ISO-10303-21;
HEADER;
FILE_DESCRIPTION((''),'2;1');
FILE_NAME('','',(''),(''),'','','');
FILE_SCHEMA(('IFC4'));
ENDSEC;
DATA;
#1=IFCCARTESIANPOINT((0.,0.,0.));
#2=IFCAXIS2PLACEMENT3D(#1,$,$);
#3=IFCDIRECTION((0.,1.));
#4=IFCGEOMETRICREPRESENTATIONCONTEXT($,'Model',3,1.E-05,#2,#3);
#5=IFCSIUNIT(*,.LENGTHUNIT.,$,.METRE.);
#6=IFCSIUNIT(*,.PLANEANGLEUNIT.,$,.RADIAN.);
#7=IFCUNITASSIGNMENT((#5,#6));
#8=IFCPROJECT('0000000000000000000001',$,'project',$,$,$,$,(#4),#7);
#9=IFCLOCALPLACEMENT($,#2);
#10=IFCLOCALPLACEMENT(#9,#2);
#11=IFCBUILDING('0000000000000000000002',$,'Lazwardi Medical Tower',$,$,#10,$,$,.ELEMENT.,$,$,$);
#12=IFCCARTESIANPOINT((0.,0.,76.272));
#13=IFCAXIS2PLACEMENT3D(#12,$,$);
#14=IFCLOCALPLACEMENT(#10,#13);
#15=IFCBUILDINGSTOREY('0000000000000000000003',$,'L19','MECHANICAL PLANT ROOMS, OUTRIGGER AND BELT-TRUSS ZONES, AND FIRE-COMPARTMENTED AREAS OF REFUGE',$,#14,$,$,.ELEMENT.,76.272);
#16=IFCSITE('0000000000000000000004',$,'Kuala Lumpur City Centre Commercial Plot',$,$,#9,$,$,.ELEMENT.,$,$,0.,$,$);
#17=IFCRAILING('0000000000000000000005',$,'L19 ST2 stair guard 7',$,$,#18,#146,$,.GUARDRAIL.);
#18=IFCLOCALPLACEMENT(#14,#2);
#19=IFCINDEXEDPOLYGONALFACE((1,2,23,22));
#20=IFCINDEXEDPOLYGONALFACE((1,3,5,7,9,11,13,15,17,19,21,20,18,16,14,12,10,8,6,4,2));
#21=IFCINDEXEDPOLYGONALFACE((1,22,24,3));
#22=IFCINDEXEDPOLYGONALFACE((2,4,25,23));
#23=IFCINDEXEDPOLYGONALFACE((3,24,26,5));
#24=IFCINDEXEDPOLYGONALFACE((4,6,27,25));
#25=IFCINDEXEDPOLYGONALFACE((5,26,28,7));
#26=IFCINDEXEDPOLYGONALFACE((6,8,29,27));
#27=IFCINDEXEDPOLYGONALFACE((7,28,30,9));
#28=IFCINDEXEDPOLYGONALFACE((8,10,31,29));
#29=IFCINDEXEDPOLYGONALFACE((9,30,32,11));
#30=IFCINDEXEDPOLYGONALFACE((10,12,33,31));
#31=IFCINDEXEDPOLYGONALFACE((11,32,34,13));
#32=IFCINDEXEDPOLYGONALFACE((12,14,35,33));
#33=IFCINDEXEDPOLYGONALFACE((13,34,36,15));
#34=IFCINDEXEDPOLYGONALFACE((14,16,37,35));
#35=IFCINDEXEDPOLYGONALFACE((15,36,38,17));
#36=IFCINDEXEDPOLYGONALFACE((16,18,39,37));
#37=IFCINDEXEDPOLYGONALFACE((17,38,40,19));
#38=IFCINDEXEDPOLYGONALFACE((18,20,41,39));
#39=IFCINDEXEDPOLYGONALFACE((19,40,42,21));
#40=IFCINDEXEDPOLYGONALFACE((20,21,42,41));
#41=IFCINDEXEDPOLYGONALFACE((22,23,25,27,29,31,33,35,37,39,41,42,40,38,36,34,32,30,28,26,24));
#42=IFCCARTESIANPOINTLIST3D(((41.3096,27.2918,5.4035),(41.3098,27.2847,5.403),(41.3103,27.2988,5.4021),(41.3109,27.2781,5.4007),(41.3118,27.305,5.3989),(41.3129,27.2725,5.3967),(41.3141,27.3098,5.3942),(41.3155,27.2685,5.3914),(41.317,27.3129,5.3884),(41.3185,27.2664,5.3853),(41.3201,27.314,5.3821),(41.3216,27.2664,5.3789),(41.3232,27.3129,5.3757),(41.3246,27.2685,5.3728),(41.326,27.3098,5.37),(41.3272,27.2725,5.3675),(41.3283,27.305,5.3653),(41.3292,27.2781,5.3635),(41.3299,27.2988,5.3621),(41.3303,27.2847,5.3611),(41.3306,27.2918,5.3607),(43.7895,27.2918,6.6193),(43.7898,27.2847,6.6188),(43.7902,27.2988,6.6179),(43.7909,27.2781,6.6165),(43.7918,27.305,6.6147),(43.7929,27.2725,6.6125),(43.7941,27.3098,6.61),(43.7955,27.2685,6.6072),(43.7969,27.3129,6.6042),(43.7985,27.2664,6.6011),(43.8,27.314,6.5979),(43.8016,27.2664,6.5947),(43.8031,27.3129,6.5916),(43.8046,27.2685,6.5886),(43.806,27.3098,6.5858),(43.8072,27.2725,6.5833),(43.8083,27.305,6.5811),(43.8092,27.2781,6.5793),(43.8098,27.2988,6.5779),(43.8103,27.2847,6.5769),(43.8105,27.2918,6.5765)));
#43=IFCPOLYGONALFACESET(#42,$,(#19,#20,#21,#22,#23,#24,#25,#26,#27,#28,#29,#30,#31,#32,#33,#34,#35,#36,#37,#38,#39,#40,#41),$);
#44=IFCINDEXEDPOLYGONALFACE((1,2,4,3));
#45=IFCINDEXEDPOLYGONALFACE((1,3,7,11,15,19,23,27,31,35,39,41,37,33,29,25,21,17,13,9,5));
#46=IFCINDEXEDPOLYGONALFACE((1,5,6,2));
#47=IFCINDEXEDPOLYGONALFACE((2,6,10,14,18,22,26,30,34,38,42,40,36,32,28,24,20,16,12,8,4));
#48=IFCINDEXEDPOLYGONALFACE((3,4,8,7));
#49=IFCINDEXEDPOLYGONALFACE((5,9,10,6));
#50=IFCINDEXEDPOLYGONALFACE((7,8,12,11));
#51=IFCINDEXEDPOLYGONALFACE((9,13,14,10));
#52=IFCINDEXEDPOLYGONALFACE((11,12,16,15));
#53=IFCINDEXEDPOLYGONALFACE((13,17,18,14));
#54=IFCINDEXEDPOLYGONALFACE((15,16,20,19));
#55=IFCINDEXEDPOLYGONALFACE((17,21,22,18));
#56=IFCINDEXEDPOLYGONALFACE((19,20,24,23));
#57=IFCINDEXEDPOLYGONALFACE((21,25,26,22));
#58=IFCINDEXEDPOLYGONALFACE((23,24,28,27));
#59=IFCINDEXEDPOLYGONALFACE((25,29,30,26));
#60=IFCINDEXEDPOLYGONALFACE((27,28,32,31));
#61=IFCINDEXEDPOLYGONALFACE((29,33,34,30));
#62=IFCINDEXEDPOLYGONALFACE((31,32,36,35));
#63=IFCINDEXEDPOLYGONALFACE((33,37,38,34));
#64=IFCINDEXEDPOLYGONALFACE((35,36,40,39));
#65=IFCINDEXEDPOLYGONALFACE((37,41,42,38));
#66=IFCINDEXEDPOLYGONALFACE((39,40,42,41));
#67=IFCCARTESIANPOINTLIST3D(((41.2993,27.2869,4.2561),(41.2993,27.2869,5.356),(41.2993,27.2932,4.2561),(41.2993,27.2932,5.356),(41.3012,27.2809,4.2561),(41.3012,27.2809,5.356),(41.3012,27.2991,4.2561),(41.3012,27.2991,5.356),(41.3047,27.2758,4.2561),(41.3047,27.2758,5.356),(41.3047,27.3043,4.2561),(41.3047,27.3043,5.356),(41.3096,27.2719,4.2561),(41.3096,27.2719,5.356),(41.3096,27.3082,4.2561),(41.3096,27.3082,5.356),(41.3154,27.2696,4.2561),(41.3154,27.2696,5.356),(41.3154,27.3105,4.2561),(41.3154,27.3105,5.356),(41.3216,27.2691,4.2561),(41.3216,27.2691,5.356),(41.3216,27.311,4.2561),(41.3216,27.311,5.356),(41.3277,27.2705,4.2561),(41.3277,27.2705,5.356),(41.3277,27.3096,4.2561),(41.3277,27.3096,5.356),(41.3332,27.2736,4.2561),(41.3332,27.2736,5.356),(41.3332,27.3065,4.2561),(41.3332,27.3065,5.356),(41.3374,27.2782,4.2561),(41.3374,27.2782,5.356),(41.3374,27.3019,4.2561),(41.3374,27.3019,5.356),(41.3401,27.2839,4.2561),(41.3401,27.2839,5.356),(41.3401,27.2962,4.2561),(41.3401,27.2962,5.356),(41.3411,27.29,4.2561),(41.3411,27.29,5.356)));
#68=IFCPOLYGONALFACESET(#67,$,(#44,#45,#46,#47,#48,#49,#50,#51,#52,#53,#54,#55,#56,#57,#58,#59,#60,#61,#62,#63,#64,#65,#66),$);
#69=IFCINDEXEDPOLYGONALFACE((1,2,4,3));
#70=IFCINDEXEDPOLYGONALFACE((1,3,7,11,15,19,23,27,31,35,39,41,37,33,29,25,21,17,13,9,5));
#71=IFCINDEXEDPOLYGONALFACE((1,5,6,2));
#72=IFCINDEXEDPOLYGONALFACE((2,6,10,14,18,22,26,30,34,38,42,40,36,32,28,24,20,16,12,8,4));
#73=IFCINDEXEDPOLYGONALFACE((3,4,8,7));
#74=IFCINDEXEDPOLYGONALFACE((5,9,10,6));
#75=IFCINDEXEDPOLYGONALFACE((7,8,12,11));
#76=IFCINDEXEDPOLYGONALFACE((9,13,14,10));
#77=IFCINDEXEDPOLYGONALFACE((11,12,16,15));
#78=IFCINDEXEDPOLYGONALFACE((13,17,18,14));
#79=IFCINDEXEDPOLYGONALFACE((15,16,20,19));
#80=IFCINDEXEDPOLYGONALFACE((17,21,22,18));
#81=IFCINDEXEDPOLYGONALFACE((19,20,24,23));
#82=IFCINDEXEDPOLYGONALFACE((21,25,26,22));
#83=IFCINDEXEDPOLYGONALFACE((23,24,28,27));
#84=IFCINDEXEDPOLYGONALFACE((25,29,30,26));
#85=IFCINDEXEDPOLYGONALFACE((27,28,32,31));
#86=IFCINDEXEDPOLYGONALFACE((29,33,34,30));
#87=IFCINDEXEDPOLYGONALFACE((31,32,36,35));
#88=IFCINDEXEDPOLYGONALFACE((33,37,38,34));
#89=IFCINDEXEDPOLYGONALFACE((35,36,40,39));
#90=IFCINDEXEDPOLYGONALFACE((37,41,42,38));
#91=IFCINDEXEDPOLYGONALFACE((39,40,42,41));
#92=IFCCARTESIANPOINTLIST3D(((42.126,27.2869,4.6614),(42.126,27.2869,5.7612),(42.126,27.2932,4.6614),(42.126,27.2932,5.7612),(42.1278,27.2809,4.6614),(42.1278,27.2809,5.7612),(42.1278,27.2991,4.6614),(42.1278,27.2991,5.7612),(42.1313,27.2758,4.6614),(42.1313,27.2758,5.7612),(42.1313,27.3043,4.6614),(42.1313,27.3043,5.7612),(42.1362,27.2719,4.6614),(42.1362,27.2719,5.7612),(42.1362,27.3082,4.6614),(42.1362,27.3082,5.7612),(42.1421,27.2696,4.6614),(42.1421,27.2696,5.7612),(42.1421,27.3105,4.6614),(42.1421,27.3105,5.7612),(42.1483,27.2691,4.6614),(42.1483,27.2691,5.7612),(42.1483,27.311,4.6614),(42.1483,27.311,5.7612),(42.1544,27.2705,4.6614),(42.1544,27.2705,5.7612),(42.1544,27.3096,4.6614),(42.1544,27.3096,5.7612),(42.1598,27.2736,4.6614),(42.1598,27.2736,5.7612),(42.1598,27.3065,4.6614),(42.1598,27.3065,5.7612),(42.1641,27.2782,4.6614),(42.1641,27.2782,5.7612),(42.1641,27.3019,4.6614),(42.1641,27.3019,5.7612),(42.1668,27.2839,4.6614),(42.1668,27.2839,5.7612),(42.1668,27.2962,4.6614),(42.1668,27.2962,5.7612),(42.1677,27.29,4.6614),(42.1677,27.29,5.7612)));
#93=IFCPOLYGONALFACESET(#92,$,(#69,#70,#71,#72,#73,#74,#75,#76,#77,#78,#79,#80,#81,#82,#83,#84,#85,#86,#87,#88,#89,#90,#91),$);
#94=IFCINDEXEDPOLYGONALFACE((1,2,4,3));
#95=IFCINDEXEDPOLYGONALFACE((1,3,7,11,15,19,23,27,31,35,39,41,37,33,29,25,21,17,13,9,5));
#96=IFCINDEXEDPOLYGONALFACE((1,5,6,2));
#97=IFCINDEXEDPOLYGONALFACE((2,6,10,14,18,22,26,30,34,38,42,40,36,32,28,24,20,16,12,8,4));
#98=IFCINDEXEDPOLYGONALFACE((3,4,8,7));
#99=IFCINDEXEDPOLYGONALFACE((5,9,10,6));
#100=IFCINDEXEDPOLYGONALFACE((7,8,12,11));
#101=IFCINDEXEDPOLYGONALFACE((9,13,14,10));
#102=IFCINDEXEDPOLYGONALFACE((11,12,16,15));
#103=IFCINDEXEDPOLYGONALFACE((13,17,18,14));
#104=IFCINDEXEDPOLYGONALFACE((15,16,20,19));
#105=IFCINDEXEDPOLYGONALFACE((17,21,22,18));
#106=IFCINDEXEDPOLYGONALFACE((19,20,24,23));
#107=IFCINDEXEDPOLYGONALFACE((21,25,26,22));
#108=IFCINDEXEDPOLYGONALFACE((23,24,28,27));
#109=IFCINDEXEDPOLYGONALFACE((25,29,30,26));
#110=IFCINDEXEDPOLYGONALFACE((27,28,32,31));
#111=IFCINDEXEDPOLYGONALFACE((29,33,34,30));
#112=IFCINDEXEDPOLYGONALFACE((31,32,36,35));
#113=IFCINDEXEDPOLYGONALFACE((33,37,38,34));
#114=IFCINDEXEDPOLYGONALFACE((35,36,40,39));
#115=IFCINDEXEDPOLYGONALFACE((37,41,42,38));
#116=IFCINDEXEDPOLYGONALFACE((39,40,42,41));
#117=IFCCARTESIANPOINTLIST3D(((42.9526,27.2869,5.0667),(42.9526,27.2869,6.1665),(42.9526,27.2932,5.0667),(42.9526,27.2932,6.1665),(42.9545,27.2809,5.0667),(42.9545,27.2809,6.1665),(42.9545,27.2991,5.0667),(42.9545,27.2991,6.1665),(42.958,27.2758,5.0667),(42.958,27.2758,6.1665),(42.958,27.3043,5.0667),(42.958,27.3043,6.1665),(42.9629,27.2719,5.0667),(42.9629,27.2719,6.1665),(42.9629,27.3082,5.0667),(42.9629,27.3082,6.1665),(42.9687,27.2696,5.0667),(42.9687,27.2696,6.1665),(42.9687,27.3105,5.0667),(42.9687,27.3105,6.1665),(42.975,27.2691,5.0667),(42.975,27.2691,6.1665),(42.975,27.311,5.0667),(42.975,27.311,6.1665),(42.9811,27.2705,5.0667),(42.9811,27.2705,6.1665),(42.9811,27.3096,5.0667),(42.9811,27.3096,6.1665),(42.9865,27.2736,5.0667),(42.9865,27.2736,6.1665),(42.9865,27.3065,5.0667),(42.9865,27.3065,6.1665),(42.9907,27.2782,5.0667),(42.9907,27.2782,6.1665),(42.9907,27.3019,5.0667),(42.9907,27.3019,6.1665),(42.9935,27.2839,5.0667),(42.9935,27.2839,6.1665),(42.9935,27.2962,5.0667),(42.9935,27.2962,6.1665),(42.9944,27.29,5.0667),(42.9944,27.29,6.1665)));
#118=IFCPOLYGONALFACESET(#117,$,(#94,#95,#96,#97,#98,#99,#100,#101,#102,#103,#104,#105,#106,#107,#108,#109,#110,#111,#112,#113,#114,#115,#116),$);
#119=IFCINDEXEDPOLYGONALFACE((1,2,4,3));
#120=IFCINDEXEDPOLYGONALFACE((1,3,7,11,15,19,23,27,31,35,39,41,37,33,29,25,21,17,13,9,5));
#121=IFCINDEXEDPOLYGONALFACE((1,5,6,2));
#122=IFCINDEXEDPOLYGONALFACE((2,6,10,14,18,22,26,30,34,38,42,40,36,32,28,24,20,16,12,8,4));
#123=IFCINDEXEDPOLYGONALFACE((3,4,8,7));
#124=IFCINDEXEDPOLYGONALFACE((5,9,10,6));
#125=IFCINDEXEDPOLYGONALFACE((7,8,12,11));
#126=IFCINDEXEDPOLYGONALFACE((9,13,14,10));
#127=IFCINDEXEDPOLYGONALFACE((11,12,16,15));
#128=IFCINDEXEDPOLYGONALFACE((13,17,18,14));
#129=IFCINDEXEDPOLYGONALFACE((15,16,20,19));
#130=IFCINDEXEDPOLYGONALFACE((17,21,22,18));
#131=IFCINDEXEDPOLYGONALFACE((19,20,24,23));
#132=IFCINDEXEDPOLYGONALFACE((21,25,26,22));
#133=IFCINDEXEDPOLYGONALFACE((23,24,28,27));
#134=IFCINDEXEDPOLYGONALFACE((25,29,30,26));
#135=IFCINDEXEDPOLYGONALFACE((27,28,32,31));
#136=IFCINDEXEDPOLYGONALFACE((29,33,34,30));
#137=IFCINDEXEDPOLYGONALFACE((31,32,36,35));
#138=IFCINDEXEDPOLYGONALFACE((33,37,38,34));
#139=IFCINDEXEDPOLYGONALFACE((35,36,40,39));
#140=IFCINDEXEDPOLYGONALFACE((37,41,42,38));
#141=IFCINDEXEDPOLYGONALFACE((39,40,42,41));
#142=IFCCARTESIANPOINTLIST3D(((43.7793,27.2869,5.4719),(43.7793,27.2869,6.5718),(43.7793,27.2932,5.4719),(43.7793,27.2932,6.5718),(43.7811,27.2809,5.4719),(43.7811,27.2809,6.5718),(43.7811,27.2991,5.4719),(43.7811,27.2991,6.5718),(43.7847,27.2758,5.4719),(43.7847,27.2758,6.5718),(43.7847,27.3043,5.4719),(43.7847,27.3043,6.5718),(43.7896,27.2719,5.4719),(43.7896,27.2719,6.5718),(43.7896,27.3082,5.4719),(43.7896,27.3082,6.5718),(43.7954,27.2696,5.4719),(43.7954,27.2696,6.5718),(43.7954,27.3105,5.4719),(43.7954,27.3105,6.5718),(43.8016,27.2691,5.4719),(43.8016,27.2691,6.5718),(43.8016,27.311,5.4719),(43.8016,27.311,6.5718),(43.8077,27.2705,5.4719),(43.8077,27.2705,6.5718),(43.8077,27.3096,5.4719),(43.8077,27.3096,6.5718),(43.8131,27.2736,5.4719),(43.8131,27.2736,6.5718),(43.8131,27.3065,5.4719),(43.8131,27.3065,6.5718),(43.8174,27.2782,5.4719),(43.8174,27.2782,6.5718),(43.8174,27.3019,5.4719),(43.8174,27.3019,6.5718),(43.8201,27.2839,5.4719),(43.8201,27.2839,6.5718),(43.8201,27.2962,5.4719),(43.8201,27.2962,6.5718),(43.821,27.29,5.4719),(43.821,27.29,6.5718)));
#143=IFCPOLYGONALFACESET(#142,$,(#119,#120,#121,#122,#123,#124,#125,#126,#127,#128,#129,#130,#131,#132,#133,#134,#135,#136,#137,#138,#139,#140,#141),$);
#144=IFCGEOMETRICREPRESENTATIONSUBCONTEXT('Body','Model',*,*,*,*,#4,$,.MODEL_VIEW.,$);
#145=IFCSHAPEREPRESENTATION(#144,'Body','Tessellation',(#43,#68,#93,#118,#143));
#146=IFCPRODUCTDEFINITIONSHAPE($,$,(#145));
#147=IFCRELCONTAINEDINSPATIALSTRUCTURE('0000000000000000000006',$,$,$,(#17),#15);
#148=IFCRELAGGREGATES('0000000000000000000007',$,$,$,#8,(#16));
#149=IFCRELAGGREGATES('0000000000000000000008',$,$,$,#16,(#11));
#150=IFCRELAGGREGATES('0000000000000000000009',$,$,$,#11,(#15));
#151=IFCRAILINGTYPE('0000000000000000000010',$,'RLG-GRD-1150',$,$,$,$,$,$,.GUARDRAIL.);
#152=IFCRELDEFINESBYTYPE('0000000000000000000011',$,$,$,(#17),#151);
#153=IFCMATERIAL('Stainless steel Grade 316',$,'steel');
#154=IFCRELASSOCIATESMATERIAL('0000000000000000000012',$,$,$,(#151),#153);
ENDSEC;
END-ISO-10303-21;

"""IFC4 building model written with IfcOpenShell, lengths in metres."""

from ifc_helpers import new_model, si_unit, direction, frame, origin, origin_2d, place, context, subcontext, project, spatial, circle, extrude, material, type_object, element, save


model = new_model("IFC4")

# Units and contexts
model_context = context("Model", 3, precision=1e-05, world=origin(), true_north=direction((0.0, 1.0)))
body_context = subcontext(model_context, "Body", "Model", "MODEL_VIEW")
ifc_project = project(units=[si_unit("LENGTHUNIT", "METRE"), si_unit("PLANEANGLEUNIT", "RADIAN")], contexts=[model_context])

# Site, building, storey
site_placement = place(None, origin())
site = spatial("IfcSite", under=ifc_project, at=site_placement, Name="Kuala Lumpur City Centre Commercial Plot", CompositionType="ELEMENT", RefElevation=0.0)
building_placement = place(site_placement, origin())
building = spatial("IfcBuilding", under=site, at=building_placement, Name="Lazwardi Medical Tower", CompositionType="ELEMENT")
storey_placement = place(building_placement, frame((0.0, 0.0, 76.272)))
storey = spatial("IfcBuildingStorey", under=building, at=storey_placement, Name="L19", Description="MECHANICAL PLANT ROOMS, OUTRIGGER AND BELT-TRUSS ZONES, AND FIRE-COMPARTMENTED AREAS OF REFUGE", CompositionType="ELEMENT", Elevation=76.272)

# Railing
ifc_material_1 = material(Name="Stainless steel Grade 316", Category="steel")
railing_type_1 = type_object("IfcRailingType", Name="RLG-GRD-1150", PredefinedType="GUARDRAIL", material=ifc_material_1)
railing_1_placement = place(storey_placement, frame((41.3201, 27.29, 4.2561)))
element("IfcRailing", 1, at=railing_1_placement, inside=storey, type_object=railing_type_1, Name="L19 ST2 stair guard 7", PredefinedType="GUARDRAIL", context=body_context, shape_type="SweptSolid", body=[
    extrude(circle(Radius=0.0239, at=origin_2d()), frame((0.0, 0.0, 1.126), z_axis=(0.8979, 0.0, 0.440199), x_axis=(0.0, 1.0, 0.0)), (0.0, 0.0, 1.0), 2.762),
    extrude(circle(Radius=0.021, at=origin_2d()), origin(), (0.0, 0.0, 1.0), 1.0999),
    extrude(circle(Radius=0.021, at=origin_2d()), frame((0.8267, 0.0, 0.4053)), (0.0, 0.0, 1.0), 1.0999),
    extrude(circle(Radius=0.021, at=origin_2d()), frame((1.6533, 0.0, 0.8105)), (0.0, 0.0, 1.0), 1.0999),
    extrude(circle(Radius=0.021, at=origin_2d()), frame((2.48, 0.0, 1.2158)), (0.0, 0.0, 1.0), 1.0999),
])

save(model, "model.ifc")
